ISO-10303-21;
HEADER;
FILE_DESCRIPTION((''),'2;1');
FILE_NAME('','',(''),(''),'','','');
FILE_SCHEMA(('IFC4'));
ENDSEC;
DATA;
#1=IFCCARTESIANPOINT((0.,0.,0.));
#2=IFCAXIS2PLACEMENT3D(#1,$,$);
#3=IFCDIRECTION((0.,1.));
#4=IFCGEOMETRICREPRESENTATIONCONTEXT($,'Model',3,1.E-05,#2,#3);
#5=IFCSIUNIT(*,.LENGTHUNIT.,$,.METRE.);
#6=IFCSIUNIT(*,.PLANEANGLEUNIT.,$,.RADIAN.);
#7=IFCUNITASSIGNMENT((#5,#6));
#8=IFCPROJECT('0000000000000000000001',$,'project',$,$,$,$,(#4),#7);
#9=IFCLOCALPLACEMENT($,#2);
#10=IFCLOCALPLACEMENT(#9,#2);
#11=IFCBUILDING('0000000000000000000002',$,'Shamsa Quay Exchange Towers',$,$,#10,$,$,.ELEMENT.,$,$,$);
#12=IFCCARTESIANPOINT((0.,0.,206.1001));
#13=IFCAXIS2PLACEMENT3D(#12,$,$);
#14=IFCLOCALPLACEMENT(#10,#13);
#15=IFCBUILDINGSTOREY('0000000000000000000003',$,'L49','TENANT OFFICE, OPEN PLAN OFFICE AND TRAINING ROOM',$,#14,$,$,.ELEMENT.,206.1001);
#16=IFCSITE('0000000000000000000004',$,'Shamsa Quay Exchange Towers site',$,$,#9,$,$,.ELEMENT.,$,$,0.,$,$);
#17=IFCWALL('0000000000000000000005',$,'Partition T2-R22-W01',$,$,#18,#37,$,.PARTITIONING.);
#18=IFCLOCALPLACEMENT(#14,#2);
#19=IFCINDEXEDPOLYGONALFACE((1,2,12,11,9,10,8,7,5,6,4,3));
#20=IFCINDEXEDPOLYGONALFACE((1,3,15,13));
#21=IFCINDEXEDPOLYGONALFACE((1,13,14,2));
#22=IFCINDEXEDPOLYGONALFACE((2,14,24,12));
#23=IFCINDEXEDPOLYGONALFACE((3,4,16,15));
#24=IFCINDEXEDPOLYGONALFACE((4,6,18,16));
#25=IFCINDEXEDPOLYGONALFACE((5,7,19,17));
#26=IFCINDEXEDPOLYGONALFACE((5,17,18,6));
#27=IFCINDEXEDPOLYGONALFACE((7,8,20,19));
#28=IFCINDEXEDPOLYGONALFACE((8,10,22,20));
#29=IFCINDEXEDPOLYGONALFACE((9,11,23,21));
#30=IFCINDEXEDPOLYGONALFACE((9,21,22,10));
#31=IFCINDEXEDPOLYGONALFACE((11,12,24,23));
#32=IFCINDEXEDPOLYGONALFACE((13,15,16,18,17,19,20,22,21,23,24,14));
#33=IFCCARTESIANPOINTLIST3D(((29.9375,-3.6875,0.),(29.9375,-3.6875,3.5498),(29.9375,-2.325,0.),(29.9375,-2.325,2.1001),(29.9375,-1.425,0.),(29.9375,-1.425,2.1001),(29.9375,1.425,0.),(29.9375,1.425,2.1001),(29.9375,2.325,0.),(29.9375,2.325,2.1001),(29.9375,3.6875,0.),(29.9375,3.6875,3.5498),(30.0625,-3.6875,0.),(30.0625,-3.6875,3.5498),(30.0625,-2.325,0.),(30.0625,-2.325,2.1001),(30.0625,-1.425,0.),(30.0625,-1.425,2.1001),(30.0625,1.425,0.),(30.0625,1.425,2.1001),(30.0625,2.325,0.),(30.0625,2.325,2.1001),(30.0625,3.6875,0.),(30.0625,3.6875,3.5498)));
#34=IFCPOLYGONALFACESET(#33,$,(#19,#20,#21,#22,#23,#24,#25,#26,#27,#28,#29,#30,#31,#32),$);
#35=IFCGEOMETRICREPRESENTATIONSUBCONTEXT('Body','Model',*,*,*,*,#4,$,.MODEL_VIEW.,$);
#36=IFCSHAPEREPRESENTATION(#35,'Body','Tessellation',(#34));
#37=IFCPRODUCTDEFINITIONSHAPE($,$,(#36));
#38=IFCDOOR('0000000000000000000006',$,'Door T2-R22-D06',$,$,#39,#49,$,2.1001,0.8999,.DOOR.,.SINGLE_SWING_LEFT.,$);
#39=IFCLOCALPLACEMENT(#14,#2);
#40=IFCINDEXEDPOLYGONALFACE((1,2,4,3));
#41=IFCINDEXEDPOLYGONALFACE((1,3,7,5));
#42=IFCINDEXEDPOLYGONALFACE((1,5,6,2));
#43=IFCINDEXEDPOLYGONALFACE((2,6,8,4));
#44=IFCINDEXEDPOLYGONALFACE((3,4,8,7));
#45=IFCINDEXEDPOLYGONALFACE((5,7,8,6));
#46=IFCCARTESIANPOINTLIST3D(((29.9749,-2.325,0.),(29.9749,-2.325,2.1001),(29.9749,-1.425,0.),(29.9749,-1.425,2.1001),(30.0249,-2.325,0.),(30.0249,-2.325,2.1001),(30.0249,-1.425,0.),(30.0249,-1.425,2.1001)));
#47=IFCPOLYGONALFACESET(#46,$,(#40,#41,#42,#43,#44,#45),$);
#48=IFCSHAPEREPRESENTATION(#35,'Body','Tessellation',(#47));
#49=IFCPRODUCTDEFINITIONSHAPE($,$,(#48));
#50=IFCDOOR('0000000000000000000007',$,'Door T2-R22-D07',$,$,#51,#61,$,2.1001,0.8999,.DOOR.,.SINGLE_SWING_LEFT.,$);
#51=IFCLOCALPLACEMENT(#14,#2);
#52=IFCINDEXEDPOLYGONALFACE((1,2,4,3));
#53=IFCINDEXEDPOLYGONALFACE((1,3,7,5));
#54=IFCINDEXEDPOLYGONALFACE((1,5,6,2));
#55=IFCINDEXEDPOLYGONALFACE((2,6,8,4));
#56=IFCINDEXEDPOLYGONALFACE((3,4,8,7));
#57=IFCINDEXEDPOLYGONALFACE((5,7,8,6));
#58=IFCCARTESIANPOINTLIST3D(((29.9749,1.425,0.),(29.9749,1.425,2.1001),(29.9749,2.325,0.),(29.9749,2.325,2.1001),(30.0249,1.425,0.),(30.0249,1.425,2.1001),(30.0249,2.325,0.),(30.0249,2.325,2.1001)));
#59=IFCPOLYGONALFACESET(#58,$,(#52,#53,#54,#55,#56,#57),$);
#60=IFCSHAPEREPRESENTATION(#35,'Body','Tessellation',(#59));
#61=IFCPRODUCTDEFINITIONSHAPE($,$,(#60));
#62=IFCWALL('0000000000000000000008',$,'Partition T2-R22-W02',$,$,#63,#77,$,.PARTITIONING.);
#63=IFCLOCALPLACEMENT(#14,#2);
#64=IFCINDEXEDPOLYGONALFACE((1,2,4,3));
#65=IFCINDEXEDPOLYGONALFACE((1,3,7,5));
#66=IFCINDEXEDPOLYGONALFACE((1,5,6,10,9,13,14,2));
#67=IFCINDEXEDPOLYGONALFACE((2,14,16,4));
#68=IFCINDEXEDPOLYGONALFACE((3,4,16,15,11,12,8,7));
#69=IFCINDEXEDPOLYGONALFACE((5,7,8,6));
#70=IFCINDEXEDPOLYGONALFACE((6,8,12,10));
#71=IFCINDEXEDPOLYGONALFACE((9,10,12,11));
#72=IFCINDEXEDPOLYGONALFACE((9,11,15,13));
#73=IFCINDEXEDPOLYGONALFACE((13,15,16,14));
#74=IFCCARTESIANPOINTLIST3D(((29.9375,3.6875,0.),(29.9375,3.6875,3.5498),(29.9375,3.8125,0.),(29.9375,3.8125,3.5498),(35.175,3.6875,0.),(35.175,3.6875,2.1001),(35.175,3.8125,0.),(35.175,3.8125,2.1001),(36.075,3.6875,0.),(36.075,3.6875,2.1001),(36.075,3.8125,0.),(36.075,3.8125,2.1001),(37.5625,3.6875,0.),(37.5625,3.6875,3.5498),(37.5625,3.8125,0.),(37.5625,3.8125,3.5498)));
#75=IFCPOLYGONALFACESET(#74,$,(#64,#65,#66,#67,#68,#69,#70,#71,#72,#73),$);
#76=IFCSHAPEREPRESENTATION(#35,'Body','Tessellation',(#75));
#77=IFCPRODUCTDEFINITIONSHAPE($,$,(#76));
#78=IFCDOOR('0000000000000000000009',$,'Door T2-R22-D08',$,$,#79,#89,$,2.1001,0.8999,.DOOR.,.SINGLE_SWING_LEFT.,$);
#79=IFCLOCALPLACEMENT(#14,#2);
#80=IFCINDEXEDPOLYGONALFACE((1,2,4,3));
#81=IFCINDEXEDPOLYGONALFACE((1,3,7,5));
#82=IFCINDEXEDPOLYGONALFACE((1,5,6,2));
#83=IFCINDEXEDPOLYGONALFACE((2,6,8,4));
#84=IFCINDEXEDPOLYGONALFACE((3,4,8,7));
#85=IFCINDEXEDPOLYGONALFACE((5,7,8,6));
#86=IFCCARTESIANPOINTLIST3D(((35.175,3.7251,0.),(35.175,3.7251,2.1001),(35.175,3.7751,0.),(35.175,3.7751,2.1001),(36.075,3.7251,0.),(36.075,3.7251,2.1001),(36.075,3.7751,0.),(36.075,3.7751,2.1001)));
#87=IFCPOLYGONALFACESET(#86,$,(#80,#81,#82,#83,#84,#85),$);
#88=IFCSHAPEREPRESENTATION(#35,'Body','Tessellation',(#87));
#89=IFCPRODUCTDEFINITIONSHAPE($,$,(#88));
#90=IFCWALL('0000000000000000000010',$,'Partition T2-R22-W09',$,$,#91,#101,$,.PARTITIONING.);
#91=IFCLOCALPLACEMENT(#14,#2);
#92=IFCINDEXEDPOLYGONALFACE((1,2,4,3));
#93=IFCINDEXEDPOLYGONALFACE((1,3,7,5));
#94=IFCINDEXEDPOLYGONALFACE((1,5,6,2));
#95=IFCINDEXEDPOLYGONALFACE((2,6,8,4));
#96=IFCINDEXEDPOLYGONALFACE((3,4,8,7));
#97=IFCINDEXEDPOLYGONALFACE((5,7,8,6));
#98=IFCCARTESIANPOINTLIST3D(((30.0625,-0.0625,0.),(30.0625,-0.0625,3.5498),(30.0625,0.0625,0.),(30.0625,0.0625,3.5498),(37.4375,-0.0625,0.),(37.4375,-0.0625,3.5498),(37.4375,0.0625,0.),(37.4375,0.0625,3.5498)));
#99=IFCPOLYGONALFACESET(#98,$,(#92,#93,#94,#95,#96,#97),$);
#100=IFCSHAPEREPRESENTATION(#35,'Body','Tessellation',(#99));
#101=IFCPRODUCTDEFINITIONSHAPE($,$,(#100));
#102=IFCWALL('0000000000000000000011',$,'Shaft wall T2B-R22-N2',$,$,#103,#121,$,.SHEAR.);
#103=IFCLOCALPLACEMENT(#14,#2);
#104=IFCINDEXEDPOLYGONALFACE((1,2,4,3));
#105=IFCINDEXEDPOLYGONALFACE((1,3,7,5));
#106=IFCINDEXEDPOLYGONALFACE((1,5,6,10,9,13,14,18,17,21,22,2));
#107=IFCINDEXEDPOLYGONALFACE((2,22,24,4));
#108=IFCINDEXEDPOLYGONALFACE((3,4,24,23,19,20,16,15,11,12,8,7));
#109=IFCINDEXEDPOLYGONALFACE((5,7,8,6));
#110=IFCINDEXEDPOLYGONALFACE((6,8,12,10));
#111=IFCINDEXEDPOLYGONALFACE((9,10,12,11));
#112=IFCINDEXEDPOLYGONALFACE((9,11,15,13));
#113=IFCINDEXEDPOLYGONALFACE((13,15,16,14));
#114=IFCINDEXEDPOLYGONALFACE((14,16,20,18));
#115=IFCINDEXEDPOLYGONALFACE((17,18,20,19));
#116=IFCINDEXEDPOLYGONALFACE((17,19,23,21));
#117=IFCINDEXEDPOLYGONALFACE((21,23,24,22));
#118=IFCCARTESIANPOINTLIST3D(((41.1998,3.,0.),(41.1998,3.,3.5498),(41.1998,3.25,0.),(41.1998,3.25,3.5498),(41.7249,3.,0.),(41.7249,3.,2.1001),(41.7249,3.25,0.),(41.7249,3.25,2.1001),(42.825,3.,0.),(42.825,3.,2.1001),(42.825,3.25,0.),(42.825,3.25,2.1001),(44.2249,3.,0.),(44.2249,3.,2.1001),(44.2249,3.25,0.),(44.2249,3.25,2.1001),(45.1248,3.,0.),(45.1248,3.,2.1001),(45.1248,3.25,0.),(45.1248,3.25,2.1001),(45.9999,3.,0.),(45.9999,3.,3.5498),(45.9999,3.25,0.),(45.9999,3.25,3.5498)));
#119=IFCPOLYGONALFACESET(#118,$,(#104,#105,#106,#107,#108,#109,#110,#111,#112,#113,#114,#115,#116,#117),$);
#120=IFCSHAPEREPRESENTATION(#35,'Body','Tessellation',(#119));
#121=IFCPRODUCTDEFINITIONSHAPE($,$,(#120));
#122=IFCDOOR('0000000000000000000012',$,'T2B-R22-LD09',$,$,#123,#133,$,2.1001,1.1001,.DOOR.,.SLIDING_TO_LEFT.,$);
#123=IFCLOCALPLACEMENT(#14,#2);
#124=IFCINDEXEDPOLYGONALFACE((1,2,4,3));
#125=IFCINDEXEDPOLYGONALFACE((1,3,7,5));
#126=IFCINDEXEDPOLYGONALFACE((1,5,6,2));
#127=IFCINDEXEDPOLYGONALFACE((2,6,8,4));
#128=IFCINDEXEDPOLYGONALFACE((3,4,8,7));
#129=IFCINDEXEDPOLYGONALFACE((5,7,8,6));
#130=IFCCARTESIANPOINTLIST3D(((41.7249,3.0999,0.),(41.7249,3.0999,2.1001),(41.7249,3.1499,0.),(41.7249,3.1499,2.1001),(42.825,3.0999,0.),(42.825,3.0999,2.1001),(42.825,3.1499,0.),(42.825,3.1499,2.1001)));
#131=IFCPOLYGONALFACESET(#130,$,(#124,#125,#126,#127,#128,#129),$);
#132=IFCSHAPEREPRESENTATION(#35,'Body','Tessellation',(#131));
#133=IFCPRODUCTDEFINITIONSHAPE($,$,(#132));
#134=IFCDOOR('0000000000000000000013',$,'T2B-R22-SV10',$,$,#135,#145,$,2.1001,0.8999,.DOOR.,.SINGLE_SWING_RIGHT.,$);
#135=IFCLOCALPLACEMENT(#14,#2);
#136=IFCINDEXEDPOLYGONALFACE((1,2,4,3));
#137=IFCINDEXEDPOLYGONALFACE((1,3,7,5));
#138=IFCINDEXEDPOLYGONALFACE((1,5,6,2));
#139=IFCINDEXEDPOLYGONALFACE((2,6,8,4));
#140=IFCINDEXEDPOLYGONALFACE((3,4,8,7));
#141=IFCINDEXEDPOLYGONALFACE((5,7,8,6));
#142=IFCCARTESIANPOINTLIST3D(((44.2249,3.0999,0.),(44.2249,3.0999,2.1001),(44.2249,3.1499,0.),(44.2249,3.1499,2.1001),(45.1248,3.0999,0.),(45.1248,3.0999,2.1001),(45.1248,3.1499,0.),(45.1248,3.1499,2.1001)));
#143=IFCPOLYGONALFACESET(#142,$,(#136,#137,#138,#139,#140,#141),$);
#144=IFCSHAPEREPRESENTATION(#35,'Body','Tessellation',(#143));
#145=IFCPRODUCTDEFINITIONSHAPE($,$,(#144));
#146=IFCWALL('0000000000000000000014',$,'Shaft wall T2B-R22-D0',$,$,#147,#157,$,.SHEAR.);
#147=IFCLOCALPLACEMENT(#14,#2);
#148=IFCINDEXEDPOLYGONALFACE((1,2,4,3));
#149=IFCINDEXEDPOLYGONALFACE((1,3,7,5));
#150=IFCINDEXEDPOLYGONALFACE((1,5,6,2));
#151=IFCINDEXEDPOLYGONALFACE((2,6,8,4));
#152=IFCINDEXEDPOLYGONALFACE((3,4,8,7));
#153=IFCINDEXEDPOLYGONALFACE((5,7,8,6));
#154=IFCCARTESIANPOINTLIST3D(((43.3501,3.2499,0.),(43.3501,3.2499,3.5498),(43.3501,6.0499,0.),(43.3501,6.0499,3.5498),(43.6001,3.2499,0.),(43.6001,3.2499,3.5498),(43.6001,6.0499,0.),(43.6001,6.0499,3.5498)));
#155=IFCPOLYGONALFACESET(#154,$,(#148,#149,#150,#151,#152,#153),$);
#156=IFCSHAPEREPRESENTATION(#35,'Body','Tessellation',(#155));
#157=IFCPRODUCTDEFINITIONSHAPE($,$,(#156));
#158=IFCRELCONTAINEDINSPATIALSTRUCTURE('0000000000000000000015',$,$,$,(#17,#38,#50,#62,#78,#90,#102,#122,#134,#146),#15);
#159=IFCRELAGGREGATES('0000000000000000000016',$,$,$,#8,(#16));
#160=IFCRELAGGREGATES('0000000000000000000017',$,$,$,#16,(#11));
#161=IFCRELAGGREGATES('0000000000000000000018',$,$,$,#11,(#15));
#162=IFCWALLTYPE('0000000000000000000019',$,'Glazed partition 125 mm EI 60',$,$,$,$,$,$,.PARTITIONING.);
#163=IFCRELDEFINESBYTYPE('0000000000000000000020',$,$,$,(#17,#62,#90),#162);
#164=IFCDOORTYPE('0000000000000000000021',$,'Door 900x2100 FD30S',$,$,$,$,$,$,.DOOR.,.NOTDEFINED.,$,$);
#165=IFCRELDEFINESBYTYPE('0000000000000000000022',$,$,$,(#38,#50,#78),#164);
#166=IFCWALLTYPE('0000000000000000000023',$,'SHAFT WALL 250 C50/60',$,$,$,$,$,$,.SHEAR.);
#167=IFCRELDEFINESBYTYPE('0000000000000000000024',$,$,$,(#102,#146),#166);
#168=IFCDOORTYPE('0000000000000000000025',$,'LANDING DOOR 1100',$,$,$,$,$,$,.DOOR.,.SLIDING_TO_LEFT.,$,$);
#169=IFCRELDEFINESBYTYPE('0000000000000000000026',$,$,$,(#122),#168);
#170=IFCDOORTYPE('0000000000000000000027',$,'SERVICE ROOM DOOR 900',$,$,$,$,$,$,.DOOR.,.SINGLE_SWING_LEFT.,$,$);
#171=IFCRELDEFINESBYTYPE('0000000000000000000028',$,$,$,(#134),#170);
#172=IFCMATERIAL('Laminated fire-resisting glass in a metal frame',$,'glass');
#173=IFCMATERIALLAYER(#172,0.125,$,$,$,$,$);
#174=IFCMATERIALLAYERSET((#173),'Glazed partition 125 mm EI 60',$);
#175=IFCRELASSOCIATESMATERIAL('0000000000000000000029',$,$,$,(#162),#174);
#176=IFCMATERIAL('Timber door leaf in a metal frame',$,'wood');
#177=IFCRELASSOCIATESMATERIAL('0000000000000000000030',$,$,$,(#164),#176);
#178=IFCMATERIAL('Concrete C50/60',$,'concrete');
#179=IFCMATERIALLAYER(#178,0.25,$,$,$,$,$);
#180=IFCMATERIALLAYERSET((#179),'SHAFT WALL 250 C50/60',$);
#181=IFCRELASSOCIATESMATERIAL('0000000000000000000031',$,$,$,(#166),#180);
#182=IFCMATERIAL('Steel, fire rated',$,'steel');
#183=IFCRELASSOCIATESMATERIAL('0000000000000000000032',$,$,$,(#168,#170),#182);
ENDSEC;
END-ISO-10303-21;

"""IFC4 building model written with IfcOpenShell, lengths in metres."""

from ifc_helpers import new_model, si_unit, direction, frame, frame_2d, origin, place, context, subcontext, project, spatial, rectangle, extrude, material, layer, layer_set, type_object, element, fill, save


model = new_model("IFC4")

# Units and contexts
model_context = context("Model", 3, precision=1e-05, world=origin(), true_north=direction((0.0, 1.0)))
body_context = subcontext(model_context, "Body", "Model", "MODEL_VIEW")
ifc_project = project(units=[si_unit("LENGTHUNIT", "METRE"), si_unit("PLANEANGLEUNIT", "RADIAN")], contexts=[model_context])

# Site, building, storey
site_placement = place(None, origin())
site = spatial("IfcSite", under=ifc_project, at=site_placement, Name="Shamsa Quay Exchange Towers site", CompositionType="ELEMENT", RefElevation=0.0)
building_placement = place(site_placement, origin())
building = spatial("IfcBuilding", under=site, at=building_placement, Name="Shamsa Quay Exchange Towers", CompositionType="ELEMENT")
storey_placement = place(building_placement, frame((0.0, 0.0, 206.1001)))
storey = spatial("IfcBuildingStorey", under=building, at=storey_placement, Name="L49", Description="TENANT OFFICE, OPEN PLAN OFFICE AND TRAINING ROOM", CompositionType="ELEMENT", Elevation=206.1001)

# Wall, openings, doors
ifc_material_1 = material(Name="Laminated fire-resisting glass in a metal frame", Category="glass")
ifc_layer_1 = layer(ifc_material_1, 0.125)
ifc_layer_set_1 = layer_set([ifc_layer_1], Name="Glazed partition 125 mm EI 60")
wall_type_1 = type_object("IfcWallType", Name="Glazed partition 125 mm EI 60", PredefinedType="PARTITIONING", material=ifc_layer_set_1)
wall_1_placement = place(storey_placement, frame((30.0, 3.6875, 0.0), z_axis=(0.0, 0.0, 1.0), x_axis=(0.0, -1.0, 0.0)))
wall_1 = element("IfcWall", 1, at=wall_1_placement, inside=storey, type_object=wall_type_1, Name="Partition T2-R22-W01", PredefinedType="PARTITIONING", context=body_context, shape_type="SweptSolid", body=[
    extrude(rectangle(XDim=7.375, YDim=0.125, at=frame_2d((3.6875, 0.0))), origin(), (0.0, 0.0, 1.0), 3.5498),
])
opening_1_placement = place(wall_1_placement, frame((5.1125, 0.0, 0.0)))
opening_1 = element("IfcOpeningElement", 2, at=opening_1_placement, cuts=wall_1, PredefinedType="OPENING", context=body_context, shape_type="SweptSolid", body=[
    extrude(rectangle(XDim=0.8999, YDim=2.1001, at=frame_2d((0.45, 1.05))), frame((0.0, 0.0725, 0.0), z_axis=(0.0, -1.0, 0.0), x_axis=(1.0, 0.0, 0.0)), (0.0, 0.0, 1.0), 0.145),
])
opening_2_placement = place(wall_1_placement, frame((1.3625, 0.0, 0.0)))
opening_2 = element("IfcOpeningElement", 3, at=opening_2_placement, cuts=wall_1, PredefinedType="OPENING", context=body_context, shape_type="SweptSolid", body=[
    extrude(rectangle(XDim=0.8999, YDim=2.1001, at=frame_2d((0.45, 1.05))), frame((0.0, 0.0725, 0.0), z_axis=(0.0, -1.0, 0.0), x_axis=(1.0, 0.0, 0.0)), (0.0, 0.0, 1.0), 0.145),
])
ifc_material_2 = material(Name="Timber door leaf in a metal frame", Category="wood")
door_type_1 = type_object("IfcDoorType", Name="Door 900x2100 FD30S", OperationType="NOTDEFINED", PredefinedType="DOOR", material=ifc_material_2)
door_1_placement = place(opening_1_placement, origin())
door_1 = element("IfcDoor", 4, at=door_1_placement, inside=storey, type_object=door_type_1, Name="Door T2-R22-D06", OperationType="SINGLE_SWING_LEFT", OverallHeight=2.1001, OverallWidth=0.8999, PredefinedType="DOOR", context=body_context, shape_type="SweptSolid", body=[
    extrude(rectangle(XDim=0.8999, YDim=2.1001, at=frame_2d((0.45, 1.05))), frame((0.0, 0.0249, 0.0), z_axis=(0.0, -1.0, 0.0), x_axis=(1.0, 0.0, 0.0)), (0.0, 0.0, 1.0), 0.05),
])
fill(opening_1, door_1)
door_2_placement = place(opening_2_placement, origin())
door_2 = element("IfcDoor", 5, at=door_2_placement, inside=storey, type_object=door_type_1, Name="Door T2-R22-D07", OperationType="SINGLE_SWING_LEFT", OverallHeight=2.1001, OverallWidth=0.8999, PredefinedType="DOOR", context=body_context, shape_type="SweptSolid", body=[
    extrude(rectangle(XDim=0.8999, YDim=2.1001, at=frame_2d((0.45, 1.05))), frame((0.0, 0.0249, 0.0), z_axis=(0.0, -1.0, 0.0), x_axis=(1.0, 0.0, 0.0)), (0.0, 0.0, 1.0), 0.05),
])
fill(opening_2, door_2)

# Wall, opening, door
wall_2_placement = place(storey_placement, frame((37.5625, 3.75, 0.0), z_axis=(0.0, 0.0, 1.0), x_axis=(-1.0, 0.0, 0.0)))
wall_2 = element("IfcWall", 6, at=wall_2_placement, inside=storey, type_object=wall_type_1, Name="Partition T2-R22-W02", PredefinedType="PARTITIONING", context=body_context, shape_type="SweptSolid", body=[
    extrude(rectangle(XDim=7.625, YDim=0.125, at=frame_2d((3.8125, 0.0))), origin(), (0.0, 0.0, 1.0), 3.5498),
])
opening_3_placement = place(wall_2_placement, frame((1.4875, 0.0, 0.0)))
opening_3 = element("IfcOpeningElement", 7, at=opening_3_placement, cuts=wall_2, PredefinedType="OPENING", context=body_context, shape_type="SweptSolid", body=[
    extrude(rectangle(XDim=0.8999, YDim=2.1001, at=frame_2d((0.45, 1.05))), frame((0.0, 0.0725, 0.0), z_axis=(0.0, -1.0, 0.0), x_axis=(1.0, 0.0, 0.0)), (0.0, 0.0, 1.0), 0.145),
])
door_3_placement = place(opening_3_placement, origin())
door_3 = element("IfcDoor", 8, at=door_3_placement, inside=storey, type_object=door_type_1, Name="Door T2-R22-D08", OperationType="SINGLE_SWING_LEFT", OverallHeight=2.1001, OverallWidth=0.8999, PredefinedType="DOOR", context=body_context, shape_type="SweptSolid", body=[
    extrude(rectangle(XDim=0.8999, YDim=2.1001, at=frame_2d((0.45, 1.05))), frame((0.0, 0.0249, 0.0), z_axis=(0.0, -1.0, 0.0), x_axis=(1.0, 0.0, 0.0)), (0.0, 0.0, 1.0), 0.05),
])
fill(opening_3, door_3)

# Wall
wall_3_placement = place(storey_placement, frame((30.0625, 0.0, 0.0)))
element("IfcWall", 9, at=wall_3_placement, inside=storey, type_object=wall_type_1, Name="Partition T2-R22-W09", PredefinedType="PARTITIONING", context=body_context, shape_type="SweptSolid", body=[
    extrude(rectangle(XDim=7.375, YDim=0.125, at=frame_2d((3.6875, 0.0))), origin(), (0.0, 0.0, 1.0), 3.5498),
])

# Wall, openings, doors
ifc_material_3 = material(Name="Concrete C50/60", Category="concrete")
ifc_layer_2 = layer(ifc_material_3, 0.25)
ifc_layer_set_2 = layer_set([ifc_layer_2], Name="SHAFT WALL 250 C50/60")
wall_type_2 = type_object("IfcWallType", Name="SHAFT WALL 250 C50/60", PredefinedType="SHEAR", material=ifc_layer_set_2)
wall_4_placement = place(storey_placement, frame((41.2, 3.125, 0.0)))
wall_4 = element("IfcWall", 10, at=wall_4_placement, inside=storey, type_object=wall_type_2, Name="Shaft wall T2B-R22-N2", PredefinedType="SHEAR", context=body_context, shape_type="SweptSolid", body=[
    extrude(rectangle(XDim=4.8, YDim=0.25, at=frame_2d((2.3999, 0.0))), origin(), (0.0, 0.0, 1.0), 3.5498),
])
opening_4_placement = place(wall_4_placement, frame((0.5249, 0.0, 0.0)))
opening_4 = element("IfcOpeningElement", 11, at=opening_4_placement, cuts=wall_4, PredefinedType="OPENING", context=body_context, shape_type="SweptSolid", body=[
    extrude(rectangle(XDim=1.1001, YDim=2.1001, at=frame_2d((0.55, 1.05))), frame((0.0, 0.135, 0.0), z_axis=(0.0, -1.0, 0.0), x_axis=(1.0, 0.0, 0.0)), (0.0, 0.0, 1.0), 0.27),
])
opening_5_placement = place(wall_4_placement, frame((3.0249, 0.0, 0.0)))
opening_5 = element("IfcOpeningElement", 12, at=opening_5_placement, cuts=wall_4, PredefinedType="OPENING", context=body_context, shape_type="SweptSolid", body=[
    extrude(rectangle(XDim=0.8999, YDim=2.1001, at=frame_2d((0.45, 1.05))), frame((0.0, 0.135, 0.0), z_axis=(0.0, -1.0, 0.0), x_axis=(1.0, 0.0, 0.0)), (0.0, 0.0, 1.0), 0.27),
])
ifc_material_4 = material(Name="Steel, fire rated", Category="steel")
door_type_2 = type_object("IfcDoorType", Name="LANDING DOOR 1100", OperationType="SLIDING_TO_LEFT", PredefinedType="DOOR", material=ifc_material_4)
door_4_placement = place(opening_4_placement, origin())
door_4 = element("IfcDoor", 13, at=door_4_placement, inside=storey, type_object=door_type_2, Name="T2B-R22-LD09", OperationType="SLIDING_TO_LEFT", OverallHeight=2.1001, OverallWidth=1.1001, PredefinedType="DOOR", context=body_context, shape_type="SweptSolid", body=[
    extrude(rectangle(XDim=1.1001, YDim=2.1001, at=frame_2d((0.55, 1.05))), frame((0.0, 0.0249, 0.0), z_axis=(0.0, -1.0, 0.0), x_axis=(1.0, 0.0, 0.0)), (0.0, 0.0, 1.0), 0.05),
])
fill(opening_4, door_4)
door_type_3 = type_object("IfcDoorType", Name="SERVICE ROOM DOOR 900", OperationType="SINGLE_SWING_LEFT", PredefinedType="DOOR", material=ifc_material_4)
door_5_placement = place(opening_5_placement, origin())
door_5 = element("IfcDoor", 14, at=door_5_placement, inside=storey, type_object=door_type_3, Name="T2B-R22-SV10", OperationType="SINGLE_SWING_RIGHT", OverallHeight=2.1001, OverallWidth=0.8999, PredefinedType="DOOR", context=body_context, shape_type="SweptSolid", body=[
    extrude(rectangle(XDim=0.8999, YDim=2.1001, at=frame_2d((0.45, 1.05))), frame((0.0, 0.0249, 0.0), z_axis=(0.0, -1.0, 0.0), x_axis=(1.0, 0.0, 0.0)), (0.0, 0.0, 1.0), 0.05),
])
fill(opening_5, door_5)

# Wall
wall_5_placement = place(storey_placement, frame((43.4751, 3.25, 0.0), z_axis=(0.0, 0.0, 1.0), x_axis=(0.0, 1.0, 0.0)))
element("IfcWall", 15, at=wall_5_placement, inside=storey, type_object=wall_type_2, Name="Shaft wall T2B-R22-D0", PredefinedType="SHEAR", context=body_context, shape_type="SweptSolid", body=[
    extrude(rectangle(XDim=2.8, YDim=0.25, at=frame_2d((1.3999, 0.0))), origin(), (0.0, 0.0, 1.0), 3.5498),
])

save(model, "model.ifc")
